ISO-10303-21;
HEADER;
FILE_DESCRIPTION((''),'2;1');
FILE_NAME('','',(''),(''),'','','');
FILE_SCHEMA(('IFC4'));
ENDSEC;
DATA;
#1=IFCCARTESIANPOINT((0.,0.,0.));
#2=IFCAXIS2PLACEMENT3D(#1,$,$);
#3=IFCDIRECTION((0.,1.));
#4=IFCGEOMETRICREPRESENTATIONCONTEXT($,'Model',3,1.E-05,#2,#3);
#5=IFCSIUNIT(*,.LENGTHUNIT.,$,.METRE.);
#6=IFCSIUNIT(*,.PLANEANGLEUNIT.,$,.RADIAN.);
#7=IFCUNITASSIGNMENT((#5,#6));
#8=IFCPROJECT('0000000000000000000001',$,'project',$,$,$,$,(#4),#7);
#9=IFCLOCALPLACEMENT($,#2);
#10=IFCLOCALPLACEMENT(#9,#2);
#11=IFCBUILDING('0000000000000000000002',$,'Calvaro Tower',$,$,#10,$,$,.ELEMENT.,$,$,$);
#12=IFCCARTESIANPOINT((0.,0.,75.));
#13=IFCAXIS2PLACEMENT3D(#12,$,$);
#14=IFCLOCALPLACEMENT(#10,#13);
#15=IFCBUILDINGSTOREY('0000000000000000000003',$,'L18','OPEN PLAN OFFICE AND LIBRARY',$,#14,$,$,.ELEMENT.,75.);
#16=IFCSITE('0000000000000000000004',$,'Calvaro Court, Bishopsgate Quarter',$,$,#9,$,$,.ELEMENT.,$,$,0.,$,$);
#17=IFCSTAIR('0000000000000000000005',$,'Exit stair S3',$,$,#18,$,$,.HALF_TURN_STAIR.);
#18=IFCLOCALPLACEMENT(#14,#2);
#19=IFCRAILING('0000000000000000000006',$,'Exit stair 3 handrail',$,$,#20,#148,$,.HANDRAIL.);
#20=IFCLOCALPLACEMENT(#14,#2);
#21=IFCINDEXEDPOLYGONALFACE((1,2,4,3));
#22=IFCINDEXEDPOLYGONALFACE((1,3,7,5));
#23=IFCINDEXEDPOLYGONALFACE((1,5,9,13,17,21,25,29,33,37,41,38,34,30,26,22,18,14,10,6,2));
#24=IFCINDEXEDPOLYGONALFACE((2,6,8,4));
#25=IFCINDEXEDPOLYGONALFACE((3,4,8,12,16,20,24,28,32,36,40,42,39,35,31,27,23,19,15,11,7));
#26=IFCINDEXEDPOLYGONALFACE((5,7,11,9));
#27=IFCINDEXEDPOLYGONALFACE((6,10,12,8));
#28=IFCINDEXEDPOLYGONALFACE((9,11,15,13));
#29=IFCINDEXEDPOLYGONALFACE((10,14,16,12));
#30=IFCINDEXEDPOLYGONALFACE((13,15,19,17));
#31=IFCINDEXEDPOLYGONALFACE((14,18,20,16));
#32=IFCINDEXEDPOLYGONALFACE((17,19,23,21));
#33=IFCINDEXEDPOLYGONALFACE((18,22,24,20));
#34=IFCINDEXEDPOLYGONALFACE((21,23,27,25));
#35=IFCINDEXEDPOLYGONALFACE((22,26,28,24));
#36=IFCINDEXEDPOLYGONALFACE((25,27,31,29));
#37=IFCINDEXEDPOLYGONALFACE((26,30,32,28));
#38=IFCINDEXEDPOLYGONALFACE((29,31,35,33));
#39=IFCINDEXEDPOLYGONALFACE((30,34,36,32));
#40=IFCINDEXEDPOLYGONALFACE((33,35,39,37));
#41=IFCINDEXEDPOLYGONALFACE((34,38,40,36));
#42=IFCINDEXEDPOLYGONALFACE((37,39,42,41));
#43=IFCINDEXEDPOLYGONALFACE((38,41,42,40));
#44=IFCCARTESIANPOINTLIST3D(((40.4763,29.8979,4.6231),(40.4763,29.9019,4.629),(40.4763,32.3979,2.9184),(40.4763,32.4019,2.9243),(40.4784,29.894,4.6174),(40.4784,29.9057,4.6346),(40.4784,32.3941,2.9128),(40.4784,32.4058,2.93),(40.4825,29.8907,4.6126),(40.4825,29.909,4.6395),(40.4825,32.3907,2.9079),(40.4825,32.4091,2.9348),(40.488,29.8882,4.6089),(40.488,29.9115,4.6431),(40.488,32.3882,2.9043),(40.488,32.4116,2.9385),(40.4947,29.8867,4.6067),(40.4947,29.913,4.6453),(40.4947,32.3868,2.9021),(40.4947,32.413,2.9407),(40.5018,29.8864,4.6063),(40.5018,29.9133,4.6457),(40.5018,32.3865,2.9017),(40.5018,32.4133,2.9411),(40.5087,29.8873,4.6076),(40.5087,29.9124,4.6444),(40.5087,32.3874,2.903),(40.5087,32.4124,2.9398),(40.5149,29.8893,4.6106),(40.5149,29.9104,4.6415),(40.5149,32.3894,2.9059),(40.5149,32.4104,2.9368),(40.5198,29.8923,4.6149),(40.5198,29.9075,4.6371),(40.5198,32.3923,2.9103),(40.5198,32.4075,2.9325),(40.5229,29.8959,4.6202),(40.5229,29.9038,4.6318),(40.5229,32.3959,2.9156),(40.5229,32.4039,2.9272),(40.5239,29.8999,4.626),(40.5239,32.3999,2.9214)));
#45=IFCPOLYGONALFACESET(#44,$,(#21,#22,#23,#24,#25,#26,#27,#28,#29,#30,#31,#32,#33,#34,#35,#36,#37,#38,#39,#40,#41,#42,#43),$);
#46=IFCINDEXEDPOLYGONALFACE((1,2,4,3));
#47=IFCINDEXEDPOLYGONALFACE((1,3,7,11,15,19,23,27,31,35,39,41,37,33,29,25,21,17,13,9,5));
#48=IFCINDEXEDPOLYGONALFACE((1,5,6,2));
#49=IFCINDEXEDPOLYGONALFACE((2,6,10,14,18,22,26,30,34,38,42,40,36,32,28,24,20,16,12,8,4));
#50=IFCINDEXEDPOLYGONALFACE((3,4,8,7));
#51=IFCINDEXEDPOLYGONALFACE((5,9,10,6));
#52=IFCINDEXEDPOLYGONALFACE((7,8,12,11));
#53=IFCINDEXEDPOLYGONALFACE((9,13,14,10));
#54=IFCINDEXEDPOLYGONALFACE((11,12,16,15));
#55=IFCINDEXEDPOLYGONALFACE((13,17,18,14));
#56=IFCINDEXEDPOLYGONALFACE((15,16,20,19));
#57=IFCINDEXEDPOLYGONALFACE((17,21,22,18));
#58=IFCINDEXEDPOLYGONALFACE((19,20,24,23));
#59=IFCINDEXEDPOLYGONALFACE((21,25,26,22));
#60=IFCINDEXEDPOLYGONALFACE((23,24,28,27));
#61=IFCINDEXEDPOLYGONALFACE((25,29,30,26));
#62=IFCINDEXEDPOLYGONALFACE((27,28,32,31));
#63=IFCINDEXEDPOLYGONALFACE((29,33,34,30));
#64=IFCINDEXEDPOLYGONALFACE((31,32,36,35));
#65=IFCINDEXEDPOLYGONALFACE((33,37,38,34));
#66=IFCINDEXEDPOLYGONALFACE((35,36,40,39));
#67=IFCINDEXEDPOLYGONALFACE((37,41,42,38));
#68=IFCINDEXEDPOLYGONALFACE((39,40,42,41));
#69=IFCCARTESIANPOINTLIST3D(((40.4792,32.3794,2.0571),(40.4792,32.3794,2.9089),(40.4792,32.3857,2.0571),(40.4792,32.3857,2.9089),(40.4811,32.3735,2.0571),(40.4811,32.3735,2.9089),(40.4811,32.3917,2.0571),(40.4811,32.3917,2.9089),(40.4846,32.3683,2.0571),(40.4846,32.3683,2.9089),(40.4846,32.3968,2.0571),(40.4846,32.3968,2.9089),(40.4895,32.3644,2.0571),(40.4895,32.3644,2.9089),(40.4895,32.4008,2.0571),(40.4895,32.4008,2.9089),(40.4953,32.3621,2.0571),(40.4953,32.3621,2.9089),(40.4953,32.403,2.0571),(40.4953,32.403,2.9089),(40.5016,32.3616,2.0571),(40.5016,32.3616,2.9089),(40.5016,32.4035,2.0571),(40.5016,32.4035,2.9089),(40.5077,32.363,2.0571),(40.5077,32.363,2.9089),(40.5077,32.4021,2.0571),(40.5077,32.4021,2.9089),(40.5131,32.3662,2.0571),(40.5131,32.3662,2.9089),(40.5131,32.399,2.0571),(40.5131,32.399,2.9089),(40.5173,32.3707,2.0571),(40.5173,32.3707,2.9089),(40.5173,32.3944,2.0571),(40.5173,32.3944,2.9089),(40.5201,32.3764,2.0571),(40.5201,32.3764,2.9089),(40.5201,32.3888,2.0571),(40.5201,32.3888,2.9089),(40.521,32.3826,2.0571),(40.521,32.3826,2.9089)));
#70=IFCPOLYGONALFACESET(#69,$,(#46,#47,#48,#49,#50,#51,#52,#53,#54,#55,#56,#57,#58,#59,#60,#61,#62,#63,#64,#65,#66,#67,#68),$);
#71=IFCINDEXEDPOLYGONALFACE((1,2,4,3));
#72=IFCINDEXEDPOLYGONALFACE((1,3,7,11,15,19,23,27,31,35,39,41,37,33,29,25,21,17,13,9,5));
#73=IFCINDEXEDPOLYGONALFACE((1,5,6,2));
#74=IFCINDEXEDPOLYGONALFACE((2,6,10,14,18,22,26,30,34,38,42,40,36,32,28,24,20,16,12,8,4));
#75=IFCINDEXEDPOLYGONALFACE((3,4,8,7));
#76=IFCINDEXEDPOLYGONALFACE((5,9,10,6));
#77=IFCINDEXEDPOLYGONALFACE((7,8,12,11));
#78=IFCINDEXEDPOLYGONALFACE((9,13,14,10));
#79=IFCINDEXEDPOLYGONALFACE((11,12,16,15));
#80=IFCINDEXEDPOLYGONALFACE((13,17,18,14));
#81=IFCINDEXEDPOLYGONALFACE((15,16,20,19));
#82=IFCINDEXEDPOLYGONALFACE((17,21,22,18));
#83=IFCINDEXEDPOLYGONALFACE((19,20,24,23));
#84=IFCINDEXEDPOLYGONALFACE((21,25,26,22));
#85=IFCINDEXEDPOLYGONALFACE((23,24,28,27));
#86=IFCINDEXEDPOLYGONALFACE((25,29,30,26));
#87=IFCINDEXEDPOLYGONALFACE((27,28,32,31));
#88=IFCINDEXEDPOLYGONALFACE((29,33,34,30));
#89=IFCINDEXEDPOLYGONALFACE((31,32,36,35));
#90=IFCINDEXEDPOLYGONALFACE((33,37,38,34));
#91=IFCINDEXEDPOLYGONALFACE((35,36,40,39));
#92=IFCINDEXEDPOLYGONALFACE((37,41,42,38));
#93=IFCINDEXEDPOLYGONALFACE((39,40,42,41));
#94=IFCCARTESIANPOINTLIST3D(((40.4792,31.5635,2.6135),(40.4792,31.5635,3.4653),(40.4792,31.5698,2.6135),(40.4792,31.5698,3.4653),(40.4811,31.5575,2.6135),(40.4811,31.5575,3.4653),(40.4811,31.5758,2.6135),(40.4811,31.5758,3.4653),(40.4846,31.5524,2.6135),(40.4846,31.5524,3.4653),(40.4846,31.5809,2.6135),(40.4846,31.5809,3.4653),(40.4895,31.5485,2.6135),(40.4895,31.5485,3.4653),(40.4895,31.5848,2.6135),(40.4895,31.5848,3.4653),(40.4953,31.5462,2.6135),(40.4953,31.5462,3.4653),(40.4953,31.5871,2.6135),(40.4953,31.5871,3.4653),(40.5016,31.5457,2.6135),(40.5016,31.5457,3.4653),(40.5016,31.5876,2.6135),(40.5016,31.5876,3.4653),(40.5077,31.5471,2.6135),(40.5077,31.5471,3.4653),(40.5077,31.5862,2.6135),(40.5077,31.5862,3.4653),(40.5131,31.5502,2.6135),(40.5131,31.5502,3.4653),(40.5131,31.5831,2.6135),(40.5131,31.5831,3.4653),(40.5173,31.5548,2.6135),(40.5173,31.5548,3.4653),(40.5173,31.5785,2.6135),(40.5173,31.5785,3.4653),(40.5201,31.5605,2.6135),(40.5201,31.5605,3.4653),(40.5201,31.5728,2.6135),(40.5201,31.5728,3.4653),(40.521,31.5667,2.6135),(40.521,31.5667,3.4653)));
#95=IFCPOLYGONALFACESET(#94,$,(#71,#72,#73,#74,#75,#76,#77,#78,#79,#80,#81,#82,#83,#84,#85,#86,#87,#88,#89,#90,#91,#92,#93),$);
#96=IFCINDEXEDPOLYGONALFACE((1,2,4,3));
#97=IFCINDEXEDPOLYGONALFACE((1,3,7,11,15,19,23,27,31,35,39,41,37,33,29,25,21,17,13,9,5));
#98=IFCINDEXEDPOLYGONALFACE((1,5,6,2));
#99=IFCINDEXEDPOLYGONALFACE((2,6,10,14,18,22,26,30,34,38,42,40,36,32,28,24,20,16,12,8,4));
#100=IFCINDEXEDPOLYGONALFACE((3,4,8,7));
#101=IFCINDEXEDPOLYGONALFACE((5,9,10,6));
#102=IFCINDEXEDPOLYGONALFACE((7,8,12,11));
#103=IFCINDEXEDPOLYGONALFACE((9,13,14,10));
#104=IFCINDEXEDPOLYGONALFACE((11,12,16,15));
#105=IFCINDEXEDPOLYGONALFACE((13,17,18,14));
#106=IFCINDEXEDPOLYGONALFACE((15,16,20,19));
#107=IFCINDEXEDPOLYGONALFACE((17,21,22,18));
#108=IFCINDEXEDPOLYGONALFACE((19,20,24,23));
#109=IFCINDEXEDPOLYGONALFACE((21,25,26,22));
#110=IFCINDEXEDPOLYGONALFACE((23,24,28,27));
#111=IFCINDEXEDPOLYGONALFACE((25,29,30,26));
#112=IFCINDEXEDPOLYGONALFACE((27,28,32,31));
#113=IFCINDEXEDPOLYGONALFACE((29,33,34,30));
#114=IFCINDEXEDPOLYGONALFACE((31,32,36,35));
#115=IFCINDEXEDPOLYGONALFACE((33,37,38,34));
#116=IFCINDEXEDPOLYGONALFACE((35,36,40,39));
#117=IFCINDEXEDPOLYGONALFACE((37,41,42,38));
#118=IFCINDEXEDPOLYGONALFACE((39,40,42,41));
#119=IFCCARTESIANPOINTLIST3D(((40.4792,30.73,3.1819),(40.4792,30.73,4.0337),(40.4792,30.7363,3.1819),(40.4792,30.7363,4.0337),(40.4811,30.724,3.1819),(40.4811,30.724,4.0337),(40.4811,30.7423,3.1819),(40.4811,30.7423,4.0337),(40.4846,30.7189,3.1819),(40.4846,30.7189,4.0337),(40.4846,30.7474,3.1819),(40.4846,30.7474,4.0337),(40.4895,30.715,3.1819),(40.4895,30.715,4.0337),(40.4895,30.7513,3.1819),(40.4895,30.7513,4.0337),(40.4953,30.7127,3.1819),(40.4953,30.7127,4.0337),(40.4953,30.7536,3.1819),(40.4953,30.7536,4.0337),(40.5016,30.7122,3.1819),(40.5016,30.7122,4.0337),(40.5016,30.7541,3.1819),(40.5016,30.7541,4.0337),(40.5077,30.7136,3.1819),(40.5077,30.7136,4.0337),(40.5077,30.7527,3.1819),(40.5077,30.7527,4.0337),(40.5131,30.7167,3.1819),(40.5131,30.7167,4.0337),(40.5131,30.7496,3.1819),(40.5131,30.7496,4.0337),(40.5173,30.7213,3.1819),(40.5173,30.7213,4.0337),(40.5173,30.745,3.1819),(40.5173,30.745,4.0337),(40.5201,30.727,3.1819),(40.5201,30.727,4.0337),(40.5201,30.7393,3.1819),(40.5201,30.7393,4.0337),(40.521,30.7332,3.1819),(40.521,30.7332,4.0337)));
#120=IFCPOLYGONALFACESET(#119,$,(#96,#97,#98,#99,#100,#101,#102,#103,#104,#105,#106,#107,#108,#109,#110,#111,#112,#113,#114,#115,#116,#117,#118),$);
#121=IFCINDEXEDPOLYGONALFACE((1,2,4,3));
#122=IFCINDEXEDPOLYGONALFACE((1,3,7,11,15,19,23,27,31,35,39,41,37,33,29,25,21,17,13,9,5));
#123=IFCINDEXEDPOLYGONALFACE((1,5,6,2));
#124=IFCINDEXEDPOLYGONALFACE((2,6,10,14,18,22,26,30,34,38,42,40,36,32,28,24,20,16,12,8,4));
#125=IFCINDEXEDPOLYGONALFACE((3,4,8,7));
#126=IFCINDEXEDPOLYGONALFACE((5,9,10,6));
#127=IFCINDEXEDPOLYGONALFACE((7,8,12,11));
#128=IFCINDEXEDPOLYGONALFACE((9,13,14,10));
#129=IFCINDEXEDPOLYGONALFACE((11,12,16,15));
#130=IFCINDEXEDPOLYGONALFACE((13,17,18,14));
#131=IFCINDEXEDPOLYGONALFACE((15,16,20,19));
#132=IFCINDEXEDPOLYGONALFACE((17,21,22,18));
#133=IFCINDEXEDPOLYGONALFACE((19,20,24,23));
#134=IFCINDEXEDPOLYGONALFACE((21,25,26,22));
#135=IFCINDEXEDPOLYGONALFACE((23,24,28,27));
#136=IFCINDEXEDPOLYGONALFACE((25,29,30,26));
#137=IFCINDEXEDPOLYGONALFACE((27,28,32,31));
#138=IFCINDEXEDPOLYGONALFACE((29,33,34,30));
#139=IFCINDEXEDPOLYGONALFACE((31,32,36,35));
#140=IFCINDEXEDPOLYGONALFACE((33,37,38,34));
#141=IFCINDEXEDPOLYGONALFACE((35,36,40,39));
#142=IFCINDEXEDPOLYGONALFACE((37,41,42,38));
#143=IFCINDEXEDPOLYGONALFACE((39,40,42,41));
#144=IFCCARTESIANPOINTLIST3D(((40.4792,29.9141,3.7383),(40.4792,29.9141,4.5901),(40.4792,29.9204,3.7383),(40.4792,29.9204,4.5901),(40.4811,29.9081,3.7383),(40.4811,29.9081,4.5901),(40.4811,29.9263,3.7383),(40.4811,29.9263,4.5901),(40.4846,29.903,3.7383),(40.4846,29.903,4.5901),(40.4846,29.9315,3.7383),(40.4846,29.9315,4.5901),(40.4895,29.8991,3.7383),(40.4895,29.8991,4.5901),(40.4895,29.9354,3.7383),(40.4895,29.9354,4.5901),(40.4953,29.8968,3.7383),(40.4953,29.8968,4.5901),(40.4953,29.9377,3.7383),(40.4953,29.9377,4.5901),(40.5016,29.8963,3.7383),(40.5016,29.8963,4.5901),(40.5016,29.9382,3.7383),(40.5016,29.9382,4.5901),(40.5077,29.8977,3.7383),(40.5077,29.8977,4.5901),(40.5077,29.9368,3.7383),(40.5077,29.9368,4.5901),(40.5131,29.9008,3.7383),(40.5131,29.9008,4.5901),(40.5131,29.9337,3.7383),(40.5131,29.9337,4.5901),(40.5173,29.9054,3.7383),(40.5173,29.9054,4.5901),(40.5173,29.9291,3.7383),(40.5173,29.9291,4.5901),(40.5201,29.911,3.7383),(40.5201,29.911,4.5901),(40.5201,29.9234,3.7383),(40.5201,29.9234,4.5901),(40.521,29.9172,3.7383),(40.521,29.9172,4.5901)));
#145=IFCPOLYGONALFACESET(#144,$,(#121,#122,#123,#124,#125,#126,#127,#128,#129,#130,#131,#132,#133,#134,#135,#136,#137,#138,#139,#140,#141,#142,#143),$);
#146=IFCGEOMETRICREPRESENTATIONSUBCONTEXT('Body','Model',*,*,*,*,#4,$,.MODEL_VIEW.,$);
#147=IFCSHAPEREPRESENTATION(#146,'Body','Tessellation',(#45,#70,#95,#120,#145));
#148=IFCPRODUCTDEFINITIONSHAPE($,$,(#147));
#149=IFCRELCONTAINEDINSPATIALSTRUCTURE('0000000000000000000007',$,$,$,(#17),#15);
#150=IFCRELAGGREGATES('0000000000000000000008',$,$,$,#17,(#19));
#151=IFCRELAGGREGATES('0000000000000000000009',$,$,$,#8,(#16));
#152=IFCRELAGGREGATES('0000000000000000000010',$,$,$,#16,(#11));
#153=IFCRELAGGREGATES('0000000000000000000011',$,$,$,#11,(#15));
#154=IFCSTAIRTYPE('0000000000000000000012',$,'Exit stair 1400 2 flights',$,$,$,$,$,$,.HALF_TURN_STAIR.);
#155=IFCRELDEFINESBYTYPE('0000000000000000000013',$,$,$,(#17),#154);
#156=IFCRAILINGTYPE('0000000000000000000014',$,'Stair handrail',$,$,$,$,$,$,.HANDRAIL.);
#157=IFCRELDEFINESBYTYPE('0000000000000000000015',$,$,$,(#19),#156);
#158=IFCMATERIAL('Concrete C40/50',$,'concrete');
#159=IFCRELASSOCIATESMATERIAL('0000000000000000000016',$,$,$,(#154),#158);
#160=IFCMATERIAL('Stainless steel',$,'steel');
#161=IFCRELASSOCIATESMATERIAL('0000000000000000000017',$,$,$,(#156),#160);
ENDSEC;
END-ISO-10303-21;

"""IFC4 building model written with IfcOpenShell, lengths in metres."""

from ifc_helpers import new_model, si_unit, direction, frame, origin, origin_2d, place, context, subcontext, project, spatial, circle, extrude, material, type_object, element, aggregate, save


model = new_model("IFC4")

# Units and contexts
model_context = context("Model", 3, precision=1e-05, world=origin(), true_north=direction((0.0, 1.0)))
body_context = subcontext(model_context, "Body", "Model", "MODEL_VIEW")
ifc_project = project(units=[si_unit("LENGTHUNIT", "METRE"), si_unit("PLANEANGLEUNIT", "RADIAN")], contexts=[model_context])

# Site, building, storey
site_placement = place(None, origin())
site = spatial("IfcSite", under=ifc_project, at=site_placement, Name="Calvaro Court, Bishopsgate Quarter", CompositionType="ELEMENT", RefElevation=0.0)
building_placement = place(site_placement, origin())
building = spatial("IfcBuilding", under=site, at=building_placement, Name="Calvaro Tower", CompositionType="ELEMENT")
storey_placement = place(building_placement, frame((0.0, 0.0, 75.0)))
storey = spatial("IfcBuildingStorey", under=building, at=storey_placement, Name="L18", Description="OPEN PLAN OFFICE AND LIBRARY", CompositionType="ELEMENT", Elevation=75.0)

# Stair
ifc_material_1 = material(Name="Concrete C40/50", Category="concrete")
stair_type = type_object("IfcStairType", Name="Exit stair 1400 2 flights", PredefinedType="HALF_TURN_STAIR", material=ifc_material_1)
stair_1_placement = place(storey_placement, origin())
stair_1 = element("IfcStair", 1, at=stair_1_placement, inside=storey, type_object=stair_type, Name="Exit stair S3", PredefinedType="HALF_TURN_STAIR")

# Railing
ifc_material_2 = material(Name="Stainless steel", Category="steel")
railing_type = type_object("IfcRailingType", Name="Stair handrail", PredefinedType="HANDRAIL", material=ifc_material_2)
railing_1_placement = place(storey_placement, frame((40.5, 32.3999, 2.0454)))
railing_1 = element("IfcRailing", 2, at=railing_1_placement, type_object=railing_type, Name="Exit stair 3 handrail", PredefinedType="HANDRAIL", context=body_context, shape_type="SweptSolid", body=[
    extrude(circle(Radius=0.0239, at=origin_2d()), frame((0.0, 0.0, 0.876), z_axis=(0.0, -0.826221, 0.563347), x_axis=(1.0, 0.0, 0.0)), (0.0, 0.0, 1.0), 3.0259),
    extrude(circle(Radius=0.021, at=origin_2d()), frame((0.0, -0.0173, 0.0117)), (0.0, 0.0, 1.0), 0.8518),
    extrude(circle(Radius=0.021, at=origin_2d()), frame((0.0, -0.8333, 0.5681)), (0.0, 0.0, 1.0), 0.8518),
    extrude(circle(Radius=0.021, at=origin_2d()), frame((0.0, -1.6667, 1.1365)), (0.0, 0.0, 1.0), 0.8518),
    extrude(circle(Radius=0.021, at=origin_2d()), frame((0.0, -2.4827, 1.6929)), (0.0, 0.0, 1.0), 0.8518),
])
aggregate(stair_1, [railing_1])

save(model, "model.ifc")
